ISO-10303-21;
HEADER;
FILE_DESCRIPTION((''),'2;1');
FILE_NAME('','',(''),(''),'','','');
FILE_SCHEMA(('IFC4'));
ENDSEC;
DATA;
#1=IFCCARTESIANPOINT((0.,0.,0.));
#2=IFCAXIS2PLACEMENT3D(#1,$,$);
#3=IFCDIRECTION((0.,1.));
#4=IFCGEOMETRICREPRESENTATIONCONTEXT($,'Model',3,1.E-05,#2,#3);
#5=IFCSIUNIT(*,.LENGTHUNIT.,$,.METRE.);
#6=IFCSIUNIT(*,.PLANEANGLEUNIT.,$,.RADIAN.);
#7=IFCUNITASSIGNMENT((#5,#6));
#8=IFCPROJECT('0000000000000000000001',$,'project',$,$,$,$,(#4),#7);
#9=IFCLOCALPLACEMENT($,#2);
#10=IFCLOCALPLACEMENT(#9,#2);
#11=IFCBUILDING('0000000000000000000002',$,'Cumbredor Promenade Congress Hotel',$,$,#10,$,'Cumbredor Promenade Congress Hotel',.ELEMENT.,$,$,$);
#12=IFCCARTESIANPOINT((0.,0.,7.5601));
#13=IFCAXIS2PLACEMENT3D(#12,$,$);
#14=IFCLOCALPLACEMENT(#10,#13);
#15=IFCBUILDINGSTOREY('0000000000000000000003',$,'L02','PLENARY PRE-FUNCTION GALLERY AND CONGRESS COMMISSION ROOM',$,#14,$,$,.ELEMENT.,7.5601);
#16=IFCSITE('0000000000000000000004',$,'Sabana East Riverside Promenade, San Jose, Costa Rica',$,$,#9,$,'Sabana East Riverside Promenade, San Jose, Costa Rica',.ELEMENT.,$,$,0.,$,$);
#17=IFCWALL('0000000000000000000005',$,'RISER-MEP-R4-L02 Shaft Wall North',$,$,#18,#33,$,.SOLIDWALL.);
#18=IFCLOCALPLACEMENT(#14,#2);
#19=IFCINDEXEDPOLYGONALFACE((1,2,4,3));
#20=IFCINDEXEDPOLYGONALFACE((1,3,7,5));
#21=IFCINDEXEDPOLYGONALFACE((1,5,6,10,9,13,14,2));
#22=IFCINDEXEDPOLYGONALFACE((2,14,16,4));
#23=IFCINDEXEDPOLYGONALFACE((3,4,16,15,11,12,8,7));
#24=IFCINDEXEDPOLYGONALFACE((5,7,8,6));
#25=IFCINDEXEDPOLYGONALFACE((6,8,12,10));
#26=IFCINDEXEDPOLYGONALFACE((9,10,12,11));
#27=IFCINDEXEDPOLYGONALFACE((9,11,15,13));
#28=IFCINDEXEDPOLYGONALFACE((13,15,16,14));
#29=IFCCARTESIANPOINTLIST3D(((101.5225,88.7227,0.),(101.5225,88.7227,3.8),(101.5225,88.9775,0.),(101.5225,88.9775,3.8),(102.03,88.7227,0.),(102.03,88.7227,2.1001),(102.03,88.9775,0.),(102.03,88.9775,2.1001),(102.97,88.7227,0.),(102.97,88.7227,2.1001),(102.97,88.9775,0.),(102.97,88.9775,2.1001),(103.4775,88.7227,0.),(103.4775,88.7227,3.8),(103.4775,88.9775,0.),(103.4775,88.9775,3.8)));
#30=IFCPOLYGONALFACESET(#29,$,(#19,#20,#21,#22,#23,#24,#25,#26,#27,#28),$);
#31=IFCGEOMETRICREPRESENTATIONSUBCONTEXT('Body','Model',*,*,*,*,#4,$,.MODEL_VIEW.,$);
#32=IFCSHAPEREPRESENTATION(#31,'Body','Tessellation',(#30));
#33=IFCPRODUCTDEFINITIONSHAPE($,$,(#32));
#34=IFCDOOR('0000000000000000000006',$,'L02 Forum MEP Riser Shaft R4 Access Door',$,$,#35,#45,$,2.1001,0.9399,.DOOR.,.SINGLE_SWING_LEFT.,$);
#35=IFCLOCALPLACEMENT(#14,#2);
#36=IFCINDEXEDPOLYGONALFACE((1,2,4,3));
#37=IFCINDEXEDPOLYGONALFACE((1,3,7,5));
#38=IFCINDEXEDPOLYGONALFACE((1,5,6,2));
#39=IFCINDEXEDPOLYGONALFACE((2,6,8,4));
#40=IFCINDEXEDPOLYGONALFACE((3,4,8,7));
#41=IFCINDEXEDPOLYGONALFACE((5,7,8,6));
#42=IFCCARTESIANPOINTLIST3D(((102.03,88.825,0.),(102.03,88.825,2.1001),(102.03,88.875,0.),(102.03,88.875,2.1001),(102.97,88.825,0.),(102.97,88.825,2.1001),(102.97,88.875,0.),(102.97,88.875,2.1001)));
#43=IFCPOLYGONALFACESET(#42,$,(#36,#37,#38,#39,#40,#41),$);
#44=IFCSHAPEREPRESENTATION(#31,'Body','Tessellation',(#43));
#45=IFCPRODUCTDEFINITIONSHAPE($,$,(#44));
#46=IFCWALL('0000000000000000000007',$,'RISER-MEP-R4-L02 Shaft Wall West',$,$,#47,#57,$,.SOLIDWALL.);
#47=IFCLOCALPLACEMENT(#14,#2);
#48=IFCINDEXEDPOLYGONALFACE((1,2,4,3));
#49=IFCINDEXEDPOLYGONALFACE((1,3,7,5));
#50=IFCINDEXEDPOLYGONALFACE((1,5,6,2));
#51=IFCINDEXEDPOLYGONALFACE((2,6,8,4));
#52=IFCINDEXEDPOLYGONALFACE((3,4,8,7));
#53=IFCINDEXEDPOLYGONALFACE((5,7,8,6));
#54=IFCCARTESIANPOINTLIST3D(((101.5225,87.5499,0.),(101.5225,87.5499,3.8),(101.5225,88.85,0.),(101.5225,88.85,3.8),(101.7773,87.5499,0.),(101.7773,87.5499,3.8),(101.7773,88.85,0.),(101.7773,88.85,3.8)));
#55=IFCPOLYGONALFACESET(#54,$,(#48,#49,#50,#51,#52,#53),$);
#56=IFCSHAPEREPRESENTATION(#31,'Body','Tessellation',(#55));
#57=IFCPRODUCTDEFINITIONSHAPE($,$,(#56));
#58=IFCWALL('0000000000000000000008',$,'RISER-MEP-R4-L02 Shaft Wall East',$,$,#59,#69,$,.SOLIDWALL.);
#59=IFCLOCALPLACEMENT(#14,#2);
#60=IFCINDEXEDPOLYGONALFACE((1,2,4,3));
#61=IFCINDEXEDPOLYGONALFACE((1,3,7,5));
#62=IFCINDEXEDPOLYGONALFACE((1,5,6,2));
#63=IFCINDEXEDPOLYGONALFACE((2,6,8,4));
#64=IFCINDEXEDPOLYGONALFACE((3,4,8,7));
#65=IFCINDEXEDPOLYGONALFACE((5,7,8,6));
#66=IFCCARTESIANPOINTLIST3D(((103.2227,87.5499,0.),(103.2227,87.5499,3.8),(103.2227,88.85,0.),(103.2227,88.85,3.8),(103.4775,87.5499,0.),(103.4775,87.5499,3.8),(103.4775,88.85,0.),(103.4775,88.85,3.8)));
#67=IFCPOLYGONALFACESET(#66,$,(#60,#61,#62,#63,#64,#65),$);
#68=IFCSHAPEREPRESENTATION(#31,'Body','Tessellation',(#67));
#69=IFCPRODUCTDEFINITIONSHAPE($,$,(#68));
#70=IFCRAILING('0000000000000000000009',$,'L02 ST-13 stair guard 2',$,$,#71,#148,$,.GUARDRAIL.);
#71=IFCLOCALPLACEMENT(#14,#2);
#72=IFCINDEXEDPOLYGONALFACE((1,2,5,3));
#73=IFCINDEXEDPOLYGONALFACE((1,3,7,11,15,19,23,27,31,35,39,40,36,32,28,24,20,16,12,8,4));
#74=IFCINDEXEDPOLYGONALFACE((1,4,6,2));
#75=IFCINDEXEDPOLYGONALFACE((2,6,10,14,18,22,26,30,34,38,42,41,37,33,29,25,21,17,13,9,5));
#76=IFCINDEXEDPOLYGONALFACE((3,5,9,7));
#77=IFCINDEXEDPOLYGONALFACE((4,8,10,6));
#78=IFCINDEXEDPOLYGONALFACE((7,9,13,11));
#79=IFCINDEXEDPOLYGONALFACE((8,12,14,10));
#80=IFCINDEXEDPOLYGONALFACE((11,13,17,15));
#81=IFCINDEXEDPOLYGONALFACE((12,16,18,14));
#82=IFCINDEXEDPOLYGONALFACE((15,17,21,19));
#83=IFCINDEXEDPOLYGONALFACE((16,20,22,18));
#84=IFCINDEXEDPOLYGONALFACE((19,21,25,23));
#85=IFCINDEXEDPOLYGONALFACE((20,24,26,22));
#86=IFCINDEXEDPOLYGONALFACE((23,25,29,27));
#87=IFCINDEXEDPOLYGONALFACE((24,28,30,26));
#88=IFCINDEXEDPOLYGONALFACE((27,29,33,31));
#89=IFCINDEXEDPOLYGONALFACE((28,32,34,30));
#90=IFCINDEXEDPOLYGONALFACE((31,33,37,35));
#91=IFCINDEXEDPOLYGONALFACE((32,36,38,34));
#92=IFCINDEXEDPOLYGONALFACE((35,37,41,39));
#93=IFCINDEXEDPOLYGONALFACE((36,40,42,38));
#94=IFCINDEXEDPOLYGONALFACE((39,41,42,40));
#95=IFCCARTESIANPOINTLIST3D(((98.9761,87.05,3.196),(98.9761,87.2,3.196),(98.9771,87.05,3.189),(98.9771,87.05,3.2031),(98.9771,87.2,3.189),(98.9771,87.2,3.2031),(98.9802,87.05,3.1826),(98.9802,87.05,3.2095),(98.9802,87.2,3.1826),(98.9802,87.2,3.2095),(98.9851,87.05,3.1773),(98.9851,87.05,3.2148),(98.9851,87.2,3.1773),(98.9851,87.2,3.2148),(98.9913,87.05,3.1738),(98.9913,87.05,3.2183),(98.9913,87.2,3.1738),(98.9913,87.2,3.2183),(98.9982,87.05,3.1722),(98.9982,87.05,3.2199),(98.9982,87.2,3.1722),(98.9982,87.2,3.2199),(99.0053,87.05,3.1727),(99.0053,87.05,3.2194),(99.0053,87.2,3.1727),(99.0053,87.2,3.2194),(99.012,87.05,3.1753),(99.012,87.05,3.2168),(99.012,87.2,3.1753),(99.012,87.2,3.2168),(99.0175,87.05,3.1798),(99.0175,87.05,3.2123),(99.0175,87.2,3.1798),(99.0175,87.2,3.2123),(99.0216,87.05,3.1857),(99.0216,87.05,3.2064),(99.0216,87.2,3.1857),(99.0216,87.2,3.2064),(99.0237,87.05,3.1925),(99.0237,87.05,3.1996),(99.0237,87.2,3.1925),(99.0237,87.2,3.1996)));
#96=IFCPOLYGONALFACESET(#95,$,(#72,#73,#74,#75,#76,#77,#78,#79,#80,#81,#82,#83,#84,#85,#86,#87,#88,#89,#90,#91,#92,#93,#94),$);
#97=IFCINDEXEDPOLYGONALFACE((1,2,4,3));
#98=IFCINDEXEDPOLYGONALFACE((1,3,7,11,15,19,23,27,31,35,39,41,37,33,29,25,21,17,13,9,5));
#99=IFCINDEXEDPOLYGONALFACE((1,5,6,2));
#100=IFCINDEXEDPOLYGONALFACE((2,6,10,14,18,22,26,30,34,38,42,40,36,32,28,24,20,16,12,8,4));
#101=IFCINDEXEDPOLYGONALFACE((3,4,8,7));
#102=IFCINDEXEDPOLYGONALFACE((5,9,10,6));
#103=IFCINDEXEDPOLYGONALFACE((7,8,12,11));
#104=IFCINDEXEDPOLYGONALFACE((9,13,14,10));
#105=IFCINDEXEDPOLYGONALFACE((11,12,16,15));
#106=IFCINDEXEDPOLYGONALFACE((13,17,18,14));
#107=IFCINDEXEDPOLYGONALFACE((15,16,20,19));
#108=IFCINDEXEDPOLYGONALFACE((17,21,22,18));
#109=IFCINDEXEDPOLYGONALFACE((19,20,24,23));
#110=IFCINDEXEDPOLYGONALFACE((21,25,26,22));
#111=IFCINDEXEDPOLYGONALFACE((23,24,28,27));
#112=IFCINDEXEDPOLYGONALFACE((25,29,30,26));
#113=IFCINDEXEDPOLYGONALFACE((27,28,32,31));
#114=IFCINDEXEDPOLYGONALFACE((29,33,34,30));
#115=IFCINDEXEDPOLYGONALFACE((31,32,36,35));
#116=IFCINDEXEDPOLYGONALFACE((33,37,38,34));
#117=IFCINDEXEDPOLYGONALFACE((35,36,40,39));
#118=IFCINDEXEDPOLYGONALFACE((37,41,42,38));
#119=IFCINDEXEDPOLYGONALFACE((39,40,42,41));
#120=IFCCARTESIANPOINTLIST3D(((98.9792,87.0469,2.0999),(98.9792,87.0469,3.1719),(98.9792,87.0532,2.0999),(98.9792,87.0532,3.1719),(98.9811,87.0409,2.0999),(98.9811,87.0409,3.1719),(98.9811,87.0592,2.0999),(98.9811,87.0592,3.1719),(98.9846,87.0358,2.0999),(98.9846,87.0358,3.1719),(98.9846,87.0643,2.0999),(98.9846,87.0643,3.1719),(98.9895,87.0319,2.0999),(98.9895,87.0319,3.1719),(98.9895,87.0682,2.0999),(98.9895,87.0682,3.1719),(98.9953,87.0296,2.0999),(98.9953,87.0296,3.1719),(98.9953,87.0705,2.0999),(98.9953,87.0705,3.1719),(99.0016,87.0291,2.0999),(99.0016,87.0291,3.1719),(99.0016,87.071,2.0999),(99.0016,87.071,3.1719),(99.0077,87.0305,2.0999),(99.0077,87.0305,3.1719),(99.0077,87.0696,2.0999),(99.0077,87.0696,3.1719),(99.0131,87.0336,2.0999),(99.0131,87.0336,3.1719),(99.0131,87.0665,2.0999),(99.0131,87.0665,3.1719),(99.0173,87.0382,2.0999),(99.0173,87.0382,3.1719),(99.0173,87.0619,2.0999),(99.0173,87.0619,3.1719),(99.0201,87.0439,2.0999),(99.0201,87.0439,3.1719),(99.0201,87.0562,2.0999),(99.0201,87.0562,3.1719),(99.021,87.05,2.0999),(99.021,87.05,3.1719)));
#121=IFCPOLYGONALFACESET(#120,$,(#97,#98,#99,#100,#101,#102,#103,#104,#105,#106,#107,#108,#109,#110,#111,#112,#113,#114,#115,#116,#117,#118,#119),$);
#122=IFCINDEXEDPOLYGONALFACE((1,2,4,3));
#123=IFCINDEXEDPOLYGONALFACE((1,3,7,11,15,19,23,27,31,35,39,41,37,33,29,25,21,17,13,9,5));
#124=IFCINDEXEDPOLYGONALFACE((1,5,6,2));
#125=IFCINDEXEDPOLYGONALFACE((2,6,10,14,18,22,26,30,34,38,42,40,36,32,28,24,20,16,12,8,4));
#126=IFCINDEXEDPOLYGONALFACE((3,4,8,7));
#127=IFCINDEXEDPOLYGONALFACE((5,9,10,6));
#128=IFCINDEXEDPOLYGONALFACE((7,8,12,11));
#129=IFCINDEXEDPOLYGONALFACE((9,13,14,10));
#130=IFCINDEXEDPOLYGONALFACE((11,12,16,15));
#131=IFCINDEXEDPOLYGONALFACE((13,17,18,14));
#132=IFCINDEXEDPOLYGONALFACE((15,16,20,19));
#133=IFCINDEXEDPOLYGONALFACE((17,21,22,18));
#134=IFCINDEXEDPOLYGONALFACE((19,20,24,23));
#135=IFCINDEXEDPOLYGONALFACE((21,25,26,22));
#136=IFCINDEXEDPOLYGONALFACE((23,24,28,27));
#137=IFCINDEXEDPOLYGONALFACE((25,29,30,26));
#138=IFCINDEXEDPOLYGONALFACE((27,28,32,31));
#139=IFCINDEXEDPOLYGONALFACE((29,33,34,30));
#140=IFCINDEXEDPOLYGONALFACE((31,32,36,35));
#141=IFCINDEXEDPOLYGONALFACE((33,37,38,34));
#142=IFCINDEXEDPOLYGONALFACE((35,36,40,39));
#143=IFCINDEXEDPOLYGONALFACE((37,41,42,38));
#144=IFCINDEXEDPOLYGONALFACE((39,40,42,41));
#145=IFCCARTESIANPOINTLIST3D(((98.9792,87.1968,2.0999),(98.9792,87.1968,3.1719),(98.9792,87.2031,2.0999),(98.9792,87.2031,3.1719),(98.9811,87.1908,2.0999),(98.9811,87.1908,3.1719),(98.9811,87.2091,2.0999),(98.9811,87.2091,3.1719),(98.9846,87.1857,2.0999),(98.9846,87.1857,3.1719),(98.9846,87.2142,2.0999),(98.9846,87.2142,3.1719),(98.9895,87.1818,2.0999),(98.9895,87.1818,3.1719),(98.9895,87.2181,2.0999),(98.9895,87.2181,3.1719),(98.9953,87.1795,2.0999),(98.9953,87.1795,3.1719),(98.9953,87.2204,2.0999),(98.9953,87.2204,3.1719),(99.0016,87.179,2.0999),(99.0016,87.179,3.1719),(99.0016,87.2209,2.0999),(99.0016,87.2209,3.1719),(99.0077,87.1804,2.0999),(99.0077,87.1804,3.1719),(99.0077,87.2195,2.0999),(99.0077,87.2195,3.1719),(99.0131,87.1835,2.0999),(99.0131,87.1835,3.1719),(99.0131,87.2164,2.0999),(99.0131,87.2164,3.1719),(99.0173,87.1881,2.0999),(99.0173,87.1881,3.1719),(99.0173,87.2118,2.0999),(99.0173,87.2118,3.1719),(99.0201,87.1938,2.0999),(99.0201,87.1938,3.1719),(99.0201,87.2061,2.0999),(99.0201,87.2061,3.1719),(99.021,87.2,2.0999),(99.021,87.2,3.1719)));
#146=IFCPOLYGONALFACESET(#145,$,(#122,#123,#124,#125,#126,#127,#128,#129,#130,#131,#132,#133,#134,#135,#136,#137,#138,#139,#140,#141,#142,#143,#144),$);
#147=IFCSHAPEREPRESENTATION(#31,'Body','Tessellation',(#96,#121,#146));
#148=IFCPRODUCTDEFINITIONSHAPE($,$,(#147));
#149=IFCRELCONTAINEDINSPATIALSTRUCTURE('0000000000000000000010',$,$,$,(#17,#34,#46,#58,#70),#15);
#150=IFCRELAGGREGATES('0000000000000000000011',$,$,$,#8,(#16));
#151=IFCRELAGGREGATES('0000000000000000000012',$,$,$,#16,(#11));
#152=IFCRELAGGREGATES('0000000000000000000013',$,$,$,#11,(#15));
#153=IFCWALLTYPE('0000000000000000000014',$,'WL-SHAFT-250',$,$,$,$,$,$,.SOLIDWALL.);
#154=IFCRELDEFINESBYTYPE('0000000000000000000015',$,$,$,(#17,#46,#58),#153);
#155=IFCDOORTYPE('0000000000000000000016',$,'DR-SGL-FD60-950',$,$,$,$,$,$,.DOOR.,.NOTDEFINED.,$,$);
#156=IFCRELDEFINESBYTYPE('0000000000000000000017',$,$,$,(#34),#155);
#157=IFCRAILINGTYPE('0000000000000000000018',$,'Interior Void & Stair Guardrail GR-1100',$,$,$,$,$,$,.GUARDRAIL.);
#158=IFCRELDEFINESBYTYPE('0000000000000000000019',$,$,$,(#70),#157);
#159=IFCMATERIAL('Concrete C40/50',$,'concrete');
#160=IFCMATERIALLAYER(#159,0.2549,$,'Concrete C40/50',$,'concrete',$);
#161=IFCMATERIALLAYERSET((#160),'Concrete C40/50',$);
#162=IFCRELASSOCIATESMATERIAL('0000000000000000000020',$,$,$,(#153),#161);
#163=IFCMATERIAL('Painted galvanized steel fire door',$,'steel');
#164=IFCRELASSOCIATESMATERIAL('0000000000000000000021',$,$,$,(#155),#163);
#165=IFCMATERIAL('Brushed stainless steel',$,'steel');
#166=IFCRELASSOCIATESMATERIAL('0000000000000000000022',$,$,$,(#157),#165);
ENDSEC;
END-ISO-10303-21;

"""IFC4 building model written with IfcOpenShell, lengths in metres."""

from ifc_helpers import new_model, si_unit, direction, frame, frame_2d, origin, origin_2d, place, context, subcontext, project, spatial, rectangle, circle, extrude, material, layer, layer_set, type_object, element, fill, save


model = new_model("IFC4")

# Units and contexts
model_context = context("Model", 3, precision=1e-05, world=origin(), true_north=direction((0.0, 1.0)))
body_context = subcontext(model_context, "Body", "Model", "MODEL_VIEW")
ifc_project = project(units=[si_unit("LENGTHUNIT", "METRE"), si_unit("PLANEANGLEUNIT", "RADIAN")], contexts=[model_context])

# Site, building, storey
site_placement = place(None, origin())
site = spatial("IfcSite", under=ifc_project, at=site_placement, Name="Sabana East Riverside Promenade, San Jose, Costa Rica", LongName="Sabana East Riverside Promenade, San Jose, Costa Rica", CompositionType="ELEMENT", RefElevation=0.0)
building_placement = place(site_placement, origin())
building = spatial("IfcBuilding", under=site, at=building_placement, Name="Cumbredor Promenade Congress Hotel", LongName="Cumbredor Promenade Congress Hotel", CompositionType="ELEMENT")
storey_placement = place(building_placement, frame((0.0, 0.0, 7.5601)))
storey = spatial("IfcBuildingStorey", under=building, at=storey_placement, Name="L02", Description="PLENARY PRE-FUNCTION GALLERY AND CONGRESS COMMISSION ROOM", CompositionType="ELEMENT", Elevation=7.5601)

# Shared definitions
ifc_material_1 = material(Name="Concrete C40/50", Category="concrete")

# Shared definitions
ifc_layer_1 = layer(ifc_material_1, 0.2549, Name="Concrete C40/50", Category="concrete")
ifc_layer_set_1 = layer_set([ifc_layer_1], Name="Concrete C40/50")
wall_type_1 = type_object("IfcWallType", Name="WL-SHAFT-250", PredefinedType="SOLIDWALL", material=ifc_layer_set_1)

# Shared definitions
ifc_material_2 = material(Name="Brushed stainless steel", Category="steel")

# Wall, opening, door
wall_1_placement = place(storey_placement, frame((101.5225, 88.8501, 0.0), z_axis=(0.0, 0.0, 1.0), x_axis=(1.0, 0.0, 0.0)))
wall_1 = element("IfcWall", 1, at=wall_1_placement, inside=storey, type_object=wall_type_1, Name="RISER-MEP-R4-L02 Shaft Wall North", PredefinedType="SOLIDWALL", context=body_context, shape_type="SweptSolid", body=[
    extrude(rectangle(XDim=1.9551, YDim=0.2549, at=frame_2d((0.9775, 0.0))), origin(), (0.0, 0.0, 1.0), 3.8),
])
opening_1_placement = place(wall_1_placement, frame((0.5076, 0.0, 0.0)))
opening_1 = element("IfcOpeningElement", 2, at=opening_1_placement, cuts=wall_1, PredefinedType="OPENING", context=body_context, shape_type="SweptSolid", body=[
    extrude(rectangle(XDim=0.9399, YDim=2.1001, at=frame_2d((0.47, 1.05))), frame((0.0, 0.1375, 0.0), z_axis=(0.0, -1.0, 0.0), x_axis=(1.0, 0.0, 0.0)), (0.0, 0.0, 1.0), 0.2749),
])
ifc_material_3 = material(Name="Painted galvanized steel fire door", Category="steel")
door_type_1 = type_object("IfcDoorType", Name="DR-SGL-FD60-950", OperationType="NOTDEFINED", PredefinedType="DOOR", material=ifc_material_3)
door_1_placement = place(opening_1_placement, origin())
door_1 = element("IfcDoor", 3, at=door_1_placement, inside=storey, type_object=door_type_1, Name="L02 Forum MEP Riser Shaft R4 Access Door", OperationType="SINGLE_SWING_LEFT", OverallHeight=2.1001, OverallWidth=0.9399, PredefinedType="DOOR", context=body_context, shape_type="SweptSolid", body=[
    extrude(rectangle(XDim=0.9399, YDim=2.1001, at=frame_2d((0.47, 1.05))), frame((0.0, 0.0249, 0.0), z_axis=(0.0, -1.0, 0.0), x_axis=(1.0, 0.0, 0.0)), (0.0, 0.0, 1.0), 0.05),
])
fill(opening_1, door_1)

# Walls
for number, where, z_axis, x_axis, name in (
    (4, (101.6499, 87.55, 0.0), (0.0, 0.0, 1.0), (0.0, 1.0, 0.0), "RISER-MEP-R4-L02 Shaft Wall West"),
    (5, (103.3501, 87.55, 0.0), (0.0, 0.0, 1.0), (0.0, 1.0, 0.0), "RISER-MEP-R4-L02 Shaft Wall East"),
):
    element("IfcWall", number, at=place(storey_placement, frame(where, z_axis=z_axis, x_axis=x_axis)), inside=storey, type_object=wall_type_1, Name=name, PredefinedType="SOLIDWALL", context=body_context, shape_type="SweptSolid", body=[
        extrude(rectangle(XDim=1.3, YDim=0.2549, at=frame_2d((0.6499, 0.0))), origin(), (0.0, 0.0, 1.0), 3.8),
    ])

# Railing
railing_type_1 = type_object("IfcRailingType", Name="Interior Void & Stair Guardrail GR-1100", PredefinedType="GUARDRAIL", material=ifc_material_2)
railing_1_placement = place(storey_placement, frame((99.0, 87.05, 2.0999)))
element("IfcRailing", 6, at=railing_1_placement, inside=storey, type_object=railing_type_1, Name="L02 ST-13 stair guard 2", PredefinedType="GUARDRAIL", context=body_context, shape_type="SweptSolid", body=[
    extrude(circle(Radius=0.0239, at=origin_2d()), frame((0.0, 0.0, 1.0962), z_axis=(0.0, 1.0, 0.0), x_axis=(-1.0, 0.0, 0.0)), (0.0, 0.0, 1.0), 0.1499),
    extrude(circle(Radius=0.021, at=origin_2d()), origin(), (0.0, 0.0, 1.0), 1.072),
    extrude(circle(Radius=0.021, at=origin_2d()), frame((0.0, 0.1499, 0.0)), (0.0, 0.0, 1.0), 1.072),
])

save(model, "model.ifc")
